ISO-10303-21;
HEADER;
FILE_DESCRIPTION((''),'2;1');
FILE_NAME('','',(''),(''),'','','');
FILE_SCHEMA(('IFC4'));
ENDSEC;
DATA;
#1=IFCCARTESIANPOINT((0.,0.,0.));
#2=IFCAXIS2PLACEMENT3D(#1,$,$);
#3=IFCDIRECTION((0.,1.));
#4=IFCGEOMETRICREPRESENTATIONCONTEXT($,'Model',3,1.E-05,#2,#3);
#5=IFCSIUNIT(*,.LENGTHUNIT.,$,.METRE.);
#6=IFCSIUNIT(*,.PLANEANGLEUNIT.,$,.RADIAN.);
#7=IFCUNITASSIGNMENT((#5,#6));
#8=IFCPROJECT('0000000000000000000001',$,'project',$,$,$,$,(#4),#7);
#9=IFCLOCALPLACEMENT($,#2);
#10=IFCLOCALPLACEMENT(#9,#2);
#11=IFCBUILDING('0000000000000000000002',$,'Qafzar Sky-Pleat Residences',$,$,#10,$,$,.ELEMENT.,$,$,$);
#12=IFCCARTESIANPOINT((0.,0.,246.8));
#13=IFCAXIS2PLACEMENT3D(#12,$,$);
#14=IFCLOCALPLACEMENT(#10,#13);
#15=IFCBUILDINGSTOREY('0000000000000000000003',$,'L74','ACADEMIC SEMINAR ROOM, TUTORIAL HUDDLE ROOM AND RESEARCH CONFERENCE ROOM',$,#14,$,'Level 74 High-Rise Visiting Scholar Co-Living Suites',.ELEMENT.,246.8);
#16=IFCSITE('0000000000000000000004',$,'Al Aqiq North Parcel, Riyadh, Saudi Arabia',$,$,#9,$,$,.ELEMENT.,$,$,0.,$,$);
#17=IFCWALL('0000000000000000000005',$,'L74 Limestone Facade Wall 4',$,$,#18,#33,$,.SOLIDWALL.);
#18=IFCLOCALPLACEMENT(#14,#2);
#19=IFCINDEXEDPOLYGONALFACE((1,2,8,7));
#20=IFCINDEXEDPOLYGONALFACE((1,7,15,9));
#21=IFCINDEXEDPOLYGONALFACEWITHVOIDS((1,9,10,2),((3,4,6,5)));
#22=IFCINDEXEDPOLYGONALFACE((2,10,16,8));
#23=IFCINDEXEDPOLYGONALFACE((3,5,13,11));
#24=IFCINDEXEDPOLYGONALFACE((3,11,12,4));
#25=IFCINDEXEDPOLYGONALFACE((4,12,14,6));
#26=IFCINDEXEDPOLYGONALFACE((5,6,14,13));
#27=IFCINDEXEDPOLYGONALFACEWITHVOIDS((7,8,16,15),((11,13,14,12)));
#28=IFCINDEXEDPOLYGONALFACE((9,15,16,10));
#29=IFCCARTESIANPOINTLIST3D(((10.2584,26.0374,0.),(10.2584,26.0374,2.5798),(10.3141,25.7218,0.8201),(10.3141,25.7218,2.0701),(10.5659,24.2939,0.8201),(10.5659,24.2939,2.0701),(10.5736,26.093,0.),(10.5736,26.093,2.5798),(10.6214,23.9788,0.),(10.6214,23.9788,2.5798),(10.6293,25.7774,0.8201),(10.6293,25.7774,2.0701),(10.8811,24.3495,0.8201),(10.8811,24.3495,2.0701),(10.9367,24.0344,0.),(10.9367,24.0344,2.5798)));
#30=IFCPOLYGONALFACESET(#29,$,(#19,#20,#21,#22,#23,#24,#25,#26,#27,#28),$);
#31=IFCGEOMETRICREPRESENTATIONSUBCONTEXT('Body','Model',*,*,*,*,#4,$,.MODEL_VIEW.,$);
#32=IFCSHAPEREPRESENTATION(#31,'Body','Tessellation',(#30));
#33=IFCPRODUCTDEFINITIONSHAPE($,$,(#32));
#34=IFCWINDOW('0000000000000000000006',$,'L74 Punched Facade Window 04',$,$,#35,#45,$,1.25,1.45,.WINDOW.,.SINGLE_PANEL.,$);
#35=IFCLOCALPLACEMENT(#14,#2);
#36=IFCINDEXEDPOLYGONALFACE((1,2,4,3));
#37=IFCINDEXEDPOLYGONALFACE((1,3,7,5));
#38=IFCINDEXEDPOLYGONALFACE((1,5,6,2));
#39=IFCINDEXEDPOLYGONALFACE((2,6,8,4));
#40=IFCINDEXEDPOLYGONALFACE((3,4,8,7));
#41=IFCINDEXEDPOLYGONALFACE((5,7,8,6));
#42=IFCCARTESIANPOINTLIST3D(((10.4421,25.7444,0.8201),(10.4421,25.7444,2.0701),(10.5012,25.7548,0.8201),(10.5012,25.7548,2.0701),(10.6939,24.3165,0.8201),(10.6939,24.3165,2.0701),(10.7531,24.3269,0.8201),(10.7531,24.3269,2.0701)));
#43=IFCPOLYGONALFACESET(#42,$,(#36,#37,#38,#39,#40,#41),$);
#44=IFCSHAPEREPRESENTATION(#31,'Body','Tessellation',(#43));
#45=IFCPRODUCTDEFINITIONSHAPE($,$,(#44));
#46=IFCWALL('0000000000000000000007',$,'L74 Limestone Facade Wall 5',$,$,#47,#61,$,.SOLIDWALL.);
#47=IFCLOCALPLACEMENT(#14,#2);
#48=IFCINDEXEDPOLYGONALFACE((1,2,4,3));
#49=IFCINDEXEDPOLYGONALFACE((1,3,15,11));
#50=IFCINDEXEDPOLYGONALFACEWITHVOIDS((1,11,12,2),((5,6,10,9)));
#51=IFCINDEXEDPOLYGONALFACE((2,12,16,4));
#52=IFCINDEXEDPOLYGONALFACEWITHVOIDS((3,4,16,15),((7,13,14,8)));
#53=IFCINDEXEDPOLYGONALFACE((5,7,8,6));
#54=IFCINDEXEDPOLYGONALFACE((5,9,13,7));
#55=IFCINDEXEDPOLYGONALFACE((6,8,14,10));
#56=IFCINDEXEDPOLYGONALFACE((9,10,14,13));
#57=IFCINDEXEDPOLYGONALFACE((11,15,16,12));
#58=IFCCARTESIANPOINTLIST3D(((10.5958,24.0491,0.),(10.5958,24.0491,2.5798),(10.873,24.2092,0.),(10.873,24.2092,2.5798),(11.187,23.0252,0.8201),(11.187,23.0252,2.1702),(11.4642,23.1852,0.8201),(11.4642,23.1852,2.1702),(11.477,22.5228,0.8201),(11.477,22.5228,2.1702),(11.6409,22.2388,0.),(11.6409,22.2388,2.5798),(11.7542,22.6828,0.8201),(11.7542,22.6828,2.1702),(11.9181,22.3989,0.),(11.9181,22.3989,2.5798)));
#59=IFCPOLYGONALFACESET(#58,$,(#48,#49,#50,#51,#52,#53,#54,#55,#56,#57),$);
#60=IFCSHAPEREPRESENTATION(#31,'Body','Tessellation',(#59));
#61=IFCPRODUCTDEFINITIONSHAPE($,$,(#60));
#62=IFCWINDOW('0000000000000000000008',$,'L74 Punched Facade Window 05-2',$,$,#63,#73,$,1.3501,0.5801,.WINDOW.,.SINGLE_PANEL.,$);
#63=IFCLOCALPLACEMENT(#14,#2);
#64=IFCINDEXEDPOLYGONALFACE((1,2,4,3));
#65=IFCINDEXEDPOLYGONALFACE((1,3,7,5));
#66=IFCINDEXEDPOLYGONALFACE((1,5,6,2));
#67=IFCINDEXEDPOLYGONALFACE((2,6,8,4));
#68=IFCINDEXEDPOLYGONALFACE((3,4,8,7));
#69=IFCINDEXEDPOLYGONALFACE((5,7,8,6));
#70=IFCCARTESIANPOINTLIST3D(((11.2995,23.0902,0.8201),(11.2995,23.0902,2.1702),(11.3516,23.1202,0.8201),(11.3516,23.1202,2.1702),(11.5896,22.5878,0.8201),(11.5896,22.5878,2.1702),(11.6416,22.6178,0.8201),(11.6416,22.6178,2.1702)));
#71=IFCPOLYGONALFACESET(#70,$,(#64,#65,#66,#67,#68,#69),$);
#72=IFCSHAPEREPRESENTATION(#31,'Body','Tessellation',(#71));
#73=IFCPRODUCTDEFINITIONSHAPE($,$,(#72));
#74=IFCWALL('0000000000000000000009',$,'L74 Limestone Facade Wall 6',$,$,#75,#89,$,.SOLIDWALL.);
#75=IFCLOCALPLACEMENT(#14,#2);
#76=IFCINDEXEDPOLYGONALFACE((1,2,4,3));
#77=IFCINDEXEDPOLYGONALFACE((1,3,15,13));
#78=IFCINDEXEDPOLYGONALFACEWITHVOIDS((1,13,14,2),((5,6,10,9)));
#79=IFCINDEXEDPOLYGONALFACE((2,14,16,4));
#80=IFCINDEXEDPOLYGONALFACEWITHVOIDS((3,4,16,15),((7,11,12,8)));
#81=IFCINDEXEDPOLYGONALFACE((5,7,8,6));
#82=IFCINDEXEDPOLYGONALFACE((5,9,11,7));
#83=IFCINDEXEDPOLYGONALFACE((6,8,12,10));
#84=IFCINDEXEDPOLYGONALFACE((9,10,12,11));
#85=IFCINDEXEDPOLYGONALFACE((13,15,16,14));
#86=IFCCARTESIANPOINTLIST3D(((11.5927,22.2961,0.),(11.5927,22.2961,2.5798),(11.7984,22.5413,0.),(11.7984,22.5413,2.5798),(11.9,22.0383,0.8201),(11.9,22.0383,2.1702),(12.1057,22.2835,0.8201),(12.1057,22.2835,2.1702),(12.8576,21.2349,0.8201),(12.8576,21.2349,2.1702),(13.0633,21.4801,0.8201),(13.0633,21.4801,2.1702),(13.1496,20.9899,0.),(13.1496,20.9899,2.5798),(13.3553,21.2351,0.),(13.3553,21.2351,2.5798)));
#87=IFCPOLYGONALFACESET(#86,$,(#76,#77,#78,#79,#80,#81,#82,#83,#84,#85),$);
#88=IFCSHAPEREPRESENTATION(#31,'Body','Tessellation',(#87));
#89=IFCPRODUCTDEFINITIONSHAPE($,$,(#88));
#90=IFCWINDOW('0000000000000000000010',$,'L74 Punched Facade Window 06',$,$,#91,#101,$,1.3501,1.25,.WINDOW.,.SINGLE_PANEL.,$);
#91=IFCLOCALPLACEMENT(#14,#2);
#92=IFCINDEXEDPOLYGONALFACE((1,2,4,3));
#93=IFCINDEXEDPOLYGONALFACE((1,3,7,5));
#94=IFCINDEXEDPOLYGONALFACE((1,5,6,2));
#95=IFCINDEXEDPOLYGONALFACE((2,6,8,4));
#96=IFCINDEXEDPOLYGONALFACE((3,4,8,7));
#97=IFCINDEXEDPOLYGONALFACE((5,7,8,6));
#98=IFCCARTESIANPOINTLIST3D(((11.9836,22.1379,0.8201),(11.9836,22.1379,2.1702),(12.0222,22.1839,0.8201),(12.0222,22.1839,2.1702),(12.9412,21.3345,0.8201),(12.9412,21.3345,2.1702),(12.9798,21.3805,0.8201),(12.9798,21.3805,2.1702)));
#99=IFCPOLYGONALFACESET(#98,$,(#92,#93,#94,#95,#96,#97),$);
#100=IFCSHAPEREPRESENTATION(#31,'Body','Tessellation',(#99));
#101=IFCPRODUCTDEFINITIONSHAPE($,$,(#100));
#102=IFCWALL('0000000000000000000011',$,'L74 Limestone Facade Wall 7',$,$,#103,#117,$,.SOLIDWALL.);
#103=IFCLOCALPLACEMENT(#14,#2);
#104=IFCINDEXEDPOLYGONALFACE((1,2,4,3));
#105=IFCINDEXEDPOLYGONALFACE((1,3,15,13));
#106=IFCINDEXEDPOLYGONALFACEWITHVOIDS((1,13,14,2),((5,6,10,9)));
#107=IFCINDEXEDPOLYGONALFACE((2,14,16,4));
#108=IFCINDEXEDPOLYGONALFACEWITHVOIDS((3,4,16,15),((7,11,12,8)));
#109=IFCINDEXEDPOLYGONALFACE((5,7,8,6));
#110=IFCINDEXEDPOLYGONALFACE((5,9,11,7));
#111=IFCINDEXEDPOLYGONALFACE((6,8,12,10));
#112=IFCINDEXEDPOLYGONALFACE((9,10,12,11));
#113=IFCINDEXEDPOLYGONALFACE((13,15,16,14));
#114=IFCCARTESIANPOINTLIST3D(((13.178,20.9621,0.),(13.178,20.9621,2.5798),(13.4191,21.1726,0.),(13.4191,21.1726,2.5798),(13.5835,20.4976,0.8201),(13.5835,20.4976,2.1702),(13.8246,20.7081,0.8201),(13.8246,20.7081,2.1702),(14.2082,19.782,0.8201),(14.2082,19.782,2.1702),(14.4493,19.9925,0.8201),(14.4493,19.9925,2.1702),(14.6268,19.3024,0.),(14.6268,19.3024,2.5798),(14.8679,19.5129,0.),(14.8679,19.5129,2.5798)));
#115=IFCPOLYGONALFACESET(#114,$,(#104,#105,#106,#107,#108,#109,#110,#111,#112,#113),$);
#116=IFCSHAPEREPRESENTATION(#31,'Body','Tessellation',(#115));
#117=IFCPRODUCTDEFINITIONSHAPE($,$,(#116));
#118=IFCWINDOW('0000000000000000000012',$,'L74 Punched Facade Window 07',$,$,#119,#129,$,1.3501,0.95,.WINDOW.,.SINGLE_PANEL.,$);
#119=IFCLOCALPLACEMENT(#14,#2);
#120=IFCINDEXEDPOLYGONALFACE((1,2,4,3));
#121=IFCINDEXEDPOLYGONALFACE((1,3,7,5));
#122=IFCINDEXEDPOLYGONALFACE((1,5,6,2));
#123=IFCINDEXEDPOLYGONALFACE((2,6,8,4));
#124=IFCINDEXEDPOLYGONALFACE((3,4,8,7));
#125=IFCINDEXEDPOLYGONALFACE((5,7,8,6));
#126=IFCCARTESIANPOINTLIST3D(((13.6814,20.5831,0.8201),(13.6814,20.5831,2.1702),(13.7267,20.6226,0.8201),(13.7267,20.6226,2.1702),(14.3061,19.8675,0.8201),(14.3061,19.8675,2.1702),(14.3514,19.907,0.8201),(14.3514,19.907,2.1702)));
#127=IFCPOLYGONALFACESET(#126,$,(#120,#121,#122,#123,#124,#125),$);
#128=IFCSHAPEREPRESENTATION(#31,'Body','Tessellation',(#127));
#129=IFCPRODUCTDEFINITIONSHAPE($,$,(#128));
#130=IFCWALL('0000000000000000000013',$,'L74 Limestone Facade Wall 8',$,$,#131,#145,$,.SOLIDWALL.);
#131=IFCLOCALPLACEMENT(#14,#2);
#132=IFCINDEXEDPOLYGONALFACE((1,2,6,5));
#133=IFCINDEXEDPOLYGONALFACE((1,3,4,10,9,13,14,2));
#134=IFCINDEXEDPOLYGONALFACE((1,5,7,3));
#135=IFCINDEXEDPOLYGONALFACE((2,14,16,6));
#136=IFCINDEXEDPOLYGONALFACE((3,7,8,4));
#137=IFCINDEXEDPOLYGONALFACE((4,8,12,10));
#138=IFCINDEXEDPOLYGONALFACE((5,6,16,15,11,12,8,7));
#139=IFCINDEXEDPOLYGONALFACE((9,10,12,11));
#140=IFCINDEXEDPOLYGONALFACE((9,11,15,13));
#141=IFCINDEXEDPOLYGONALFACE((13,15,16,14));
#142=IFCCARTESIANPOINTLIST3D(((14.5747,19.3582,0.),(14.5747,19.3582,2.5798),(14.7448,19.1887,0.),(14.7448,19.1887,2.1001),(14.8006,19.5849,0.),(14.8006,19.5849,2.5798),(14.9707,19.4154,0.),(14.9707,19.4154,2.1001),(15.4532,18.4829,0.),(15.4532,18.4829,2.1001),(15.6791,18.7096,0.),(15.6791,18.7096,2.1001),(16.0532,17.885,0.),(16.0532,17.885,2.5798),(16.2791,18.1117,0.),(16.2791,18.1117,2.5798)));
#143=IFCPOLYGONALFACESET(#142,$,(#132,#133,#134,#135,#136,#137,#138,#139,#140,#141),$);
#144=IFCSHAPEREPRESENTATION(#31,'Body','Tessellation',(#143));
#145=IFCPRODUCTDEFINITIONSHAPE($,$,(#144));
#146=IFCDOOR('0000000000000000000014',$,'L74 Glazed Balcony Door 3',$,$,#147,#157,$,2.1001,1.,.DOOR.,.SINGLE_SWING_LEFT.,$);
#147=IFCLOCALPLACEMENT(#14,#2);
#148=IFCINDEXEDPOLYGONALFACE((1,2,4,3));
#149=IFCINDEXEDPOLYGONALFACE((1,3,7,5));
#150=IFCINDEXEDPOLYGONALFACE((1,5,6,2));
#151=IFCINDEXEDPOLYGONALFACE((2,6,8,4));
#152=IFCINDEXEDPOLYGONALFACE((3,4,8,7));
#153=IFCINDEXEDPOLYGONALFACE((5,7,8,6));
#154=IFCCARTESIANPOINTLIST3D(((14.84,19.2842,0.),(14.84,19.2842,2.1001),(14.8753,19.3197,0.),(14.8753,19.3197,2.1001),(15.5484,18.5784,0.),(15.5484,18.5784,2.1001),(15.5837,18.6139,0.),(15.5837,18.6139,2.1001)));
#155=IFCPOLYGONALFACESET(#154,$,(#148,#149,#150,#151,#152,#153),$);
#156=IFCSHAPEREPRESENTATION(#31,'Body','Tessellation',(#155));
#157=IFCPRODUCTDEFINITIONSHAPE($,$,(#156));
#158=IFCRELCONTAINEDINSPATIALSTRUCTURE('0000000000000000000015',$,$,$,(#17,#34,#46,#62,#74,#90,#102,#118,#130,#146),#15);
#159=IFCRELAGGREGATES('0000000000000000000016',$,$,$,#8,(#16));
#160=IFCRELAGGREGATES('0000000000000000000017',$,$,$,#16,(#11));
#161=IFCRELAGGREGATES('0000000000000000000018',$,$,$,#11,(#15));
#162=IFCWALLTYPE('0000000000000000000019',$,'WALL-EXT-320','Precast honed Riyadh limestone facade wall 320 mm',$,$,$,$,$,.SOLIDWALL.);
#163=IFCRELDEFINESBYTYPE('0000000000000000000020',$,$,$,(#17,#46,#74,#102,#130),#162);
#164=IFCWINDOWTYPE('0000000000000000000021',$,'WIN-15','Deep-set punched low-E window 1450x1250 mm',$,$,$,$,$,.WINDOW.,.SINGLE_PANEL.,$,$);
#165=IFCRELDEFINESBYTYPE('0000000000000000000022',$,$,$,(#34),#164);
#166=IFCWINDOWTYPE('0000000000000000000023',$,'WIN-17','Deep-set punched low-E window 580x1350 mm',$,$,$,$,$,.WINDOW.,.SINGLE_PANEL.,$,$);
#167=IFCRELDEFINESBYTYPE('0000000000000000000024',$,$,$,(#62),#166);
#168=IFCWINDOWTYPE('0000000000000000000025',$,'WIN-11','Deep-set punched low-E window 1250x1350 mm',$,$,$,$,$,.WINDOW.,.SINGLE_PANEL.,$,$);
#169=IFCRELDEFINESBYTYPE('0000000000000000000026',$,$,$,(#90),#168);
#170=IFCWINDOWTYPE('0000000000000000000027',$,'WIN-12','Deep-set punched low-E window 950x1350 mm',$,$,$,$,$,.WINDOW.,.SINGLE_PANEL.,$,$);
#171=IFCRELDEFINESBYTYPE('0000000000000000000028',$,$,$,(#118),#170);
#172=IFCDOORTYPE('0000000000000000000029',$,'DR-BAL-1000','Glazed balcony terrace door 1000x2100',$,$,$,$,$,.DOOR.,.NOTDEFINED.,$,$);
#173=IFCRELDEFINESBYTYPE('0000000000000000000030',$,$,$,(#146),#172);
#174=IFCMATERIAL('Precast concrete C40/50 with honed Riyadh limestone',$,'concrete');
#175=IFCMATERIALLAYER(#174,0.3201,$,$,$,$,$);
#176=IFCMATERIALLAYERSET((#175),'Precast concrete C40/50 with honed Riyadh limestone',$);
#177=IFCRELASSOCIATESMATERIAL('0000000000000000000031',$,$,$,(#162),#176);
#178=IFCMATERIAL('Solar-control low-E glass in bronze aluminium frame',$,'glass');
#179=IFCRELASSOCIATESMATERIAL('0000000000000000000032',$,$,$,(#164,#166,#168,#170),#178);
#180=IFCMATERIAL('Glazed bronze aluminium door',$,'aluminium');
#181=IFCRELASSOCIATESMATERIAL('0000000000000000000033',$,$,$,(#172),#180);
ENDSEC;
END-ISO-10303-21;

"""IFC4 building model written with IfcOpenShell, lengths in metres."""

from ifc_helpers import new_model, si_unit, direction, frame, frame_2d, origin, place, context, subcontext, project, spatial, rectangle, extrude, source, transform, mapped, material, layer, layer_set, type_object, element, fill, save


model = new_model("IFC4")

# Units and contexts
model_context = context("Model", 3, precision=1e-05, world=origin(), true_north=direction((0.0, 1.0)))
body_context = subcontext(model_context, "Body", "Model", "MODEL_VIEW")
ifc_project = project(units=[si_unit("LENGTHUNIT", "METRE"), si_unit("PLANEANGLEUNIT", "RADIAN")], contexts=[model_context])

# Site, building, storey
site_placement = place(None, origin())
site = spatial("IfcSite", under=ifc_project, at=site_placement, Name="Al Aqiq North Parcel, Riyadh, Saudi Arabia", CompositionType="ELEMENT", RefElevation=0.0)
building_placement = place(site_placement, origin())
building = spatial("IfcBuilding", under=site, at=building_placement, Name="Qafzar Sky-Pleat Residences", CompositionType="ELEMENT")
storey_placement = place(building_placement, frame((0.0, 0.0, 246.8)))
storey = spatial("IfcBuildingStorey", under=building, at=storey_placement, Name="L74", Description="ACADEMIC SEMINAR ROOM, TUTORIAL HUDDLE ROOM AND RESEARCH CONFERENCE ROOM", LongName="Level 74 High-Rise Visiting Scholar Co-Living Suites", CompositionType="ELEMENT", Elevation=246.8)

# Walls, openings, windows
ifc_material_1 = material(Name="Precast concrete C40/50 with honed Riyadh limestone", Category="concrete")
ifc_layer_1 = layer(ifc_material_1, 0.3201)
ifc_layer_set_1 = layer_set([ifc_layer_1], Name="Precast concrete C40/50 with honed Riyadh limestone")
wall_type_1 = type_object("IfcWallType", Name="WALL-EXT-320", Description="Precast honed Riyadh limestone facade wall 320 mm", PredefinedType="SOLIDWALL", material=ifc_layer_set_1)
wall_1_placement = place(storey_placement, frame((10.416, 26.0652, 0.0), z_axis=(0.0, 0.0, 1.0), x_axis=(0.173672, -0.984804, 0.0)))
wall_1 = element("IfcWall", 1, at=wall_1_placement, inside=storey, type_object=wall_type_1, Name="L74 Limestone Facade Wall 4", PredefinedType="SOLIDWALL", context=body_context, shape_type="SweptSolid", body=[
    extrude(rectangle(XDim=2.0903, YDim=0.3201, at=frame_2d((1.0452, 0.0))), origin(), (0.0, 0.0, 1.0), 2.5798),
])
opening_1_placement = place(wall_1_placement, frame((0.3203, 0.0, 0.8201)))
opening_1 = element("IfcOpeningElement", 2, at=opening_1_placement, cuts=wall_1, PredefinedType="OPENING", context=body_context, shape_type="SweptSolid", body=[
    extrude(rectangle(XDim=1.45, YDim=1.25, at=frame_2d((0.7251, 0.625))), frame((0.0, 0.1699, 0.0), z_axis=(0.0, -1.0, 0.0), x_axis=(1.0, 0.0, 0.0)), (0.0, 0.0, 1.0), 0.3401),
])
ifc_material_2 = material(Name="Solar-control low-E glass in bronze aluminium frame", Category="glass")
window_type_1 = type_object("IfcWindowType", Name="WIN-15", Description="Deep-set punched low-E window 1450x1250 mm", PartitioningType="SINGLE_PANEL", PredefinedType="WINDOW", material=ifc_material_2)
shared_shape_1 = source(origin(), body_context, "Body", "SweptSolid", [
    extrude(rectangle(XDim=1.45, YDim=1.25, at=frame_2d((0.7251, 0.625))), frame((0.0, 0.03, 0.0), z_axis=(0.0, -1.0, 0.0), x_axis=(1.0, 0.0, 0.0)), (0.0, 0.0, 1.0), 0.0601),
])
window_1_placement = place(opening_1_placement, origin())
window_1 = element("IfcWindow", 3, at=window_1_placement, inside=storey, type_object=window_type_1, Name="L74 Punched Facade Window 04", OverallHeight=1.25, OverallWidth=1.45, PartitioningType="SINGLE_PANEL", PredefinedType="WINDOW", context=body_context, shape_type="MappedRepresentation", body=[
    mapped(shared_shape_1, transform((0.0, 0.0, 0.0), x_axis=(1.0, 0.0, 0.0), y_axis=(0.0, 1.0, 0.0), z_axis=(0.0, 0.0, 1.0), scale=1.0)),
])
fill(opening_1, window_1)
wall_2_placement = place(storey_placement, frame((10.7344, 24.1292, 0.0), z_axis=(0.0, 0.0, 1.0), x_axis=(0.499995, -0.866028, 0.0)))
wall_2 = element("IfcWall", 4, at=wall_2_placement, inside=storey, type_object=wall_type_1, Name="L74 Limestone Facade Wall 5", PredefinedType="SOLIDWALL", context=body_context, shape_type="SweptSolid", body=[
    extrude(rectangle(XDim=2.0903, YDim=0.3201, at=frame_2d((1.0452, 0.0))), origin(), (0.0, 0.0, 1.0), 2.5798),
])
opening_2_placement = place(wall_2_placement, frame((1.1824, 0.0, 0.8201)))
opening_2 = element("IfcOpeningElement", 5, at=opening_2_placement, cuts=wall_2, PredefinedType="OPENING", context=body_context, shape_type="SweptSolid", body=[
    extrude(rectangle(XDim=0.5801, YDim=1.3501, at=frame_2d((0.29, 0.675))), frame((0.0, 0.1699, 0.0), z_axis=(0.0, -1.0, 0.0), x_axis=(1.0, 0.0, 0.0)), (0.0, 0.0, 1.0), 0.3401),
])
window_type_2 = type_object("IfcWindowType", Name="WIN-17", Description="Deep-set punched low-E window 580x1350 mm", PartitioningType="SINGLE_PANEL", PredefinedType="WINDOW", material=ifc_material_2)
shared_shape_2 = source(origin(), body_context, "Body", "SweptSolid", [
    extrude(rectangle(XDim=0.5801, YDim=1.3501, at=frame_2d((0.29, 0.675))), frame((0.0, 0.03, 0.0), z_axis=(0.0, -1.0, 0.0), x_axis=(1.0, 0.0, 0.0)), (0.0, 0.0, 1.0), 0.0601),
])
window_2_placement = place(opening_2_placement, origin())
window_2 = element("IfcWindow", 6, at=window_2_placement, inside=storey, type_object=window_type_2, Name="L74 Punched Facade Window 05-2", OverallHeight=1.3501, OverallWidth=0.5801, PartitioningType="SINGLE_PANEL", PredefinedType="WINDOW", context=body_context, shape_type="MappedRepresentation", body=[
    mapped(shared_shape_2, transform((0.0, 0.0, 0.0), x_axis=(1.0, 0.0, 0.0), y_axis=(0.0, 1.0, 0.0), z_axis=(0.0, 0.0, 1.0), scale=1.0)),
])
fill(opening_2, window_2)
wall_3_placement = place(storey_placement, frame((11.6956, 22.4187, 0.0), z_axis=(0.0, 0.0, 1.0), x_axis=(0.7661, -0.642721, 0.0)))
wall_3 = element("IfcWall", 7, at=wall_3_placement, inside=storey, type_object=wall_type_1, Name="L74 Limestone Facade Wall 6", PredefinedType="SOLIDWALL", context=body_context, shape_type="SweptSolid", body=[
    extrude(rectangle(XDim=2.0322, YDim=0.3201, at=frame_2d((1.0161, 0.0))), origin(), (0.0, 0.0, 1.0), 2.5798),
])
opening_3_placement = place(wall_3_placement, frame((0.4011, 0.0, 0.8201)))
opening_3 = element("IfcOpeningElement", 8, at=opening_3_placement, cuts=wall_3, PredefinedType="OPENING", context=body_context, shape_type="SweptSolid", body=[
    extrude(rectangle(XDim=1.25, YDim=1.3501, at=frame_2d((0.625, 0.675))), frame((0.0, 0.1699, 0.0), z_axis=(0.0, -1.0, 0.0), x_axis=(1.0, 0.0, 0.0)), (0.0, 0.0, 1.0), 0.3401),
])
window_type_3 = type_object("IfcWindowType", Name="WIN-11", Description="Deep-set punched low-E window 1250x1350 mm", PartitioningType="SINGLE_PANEL", PredefinedType="WINDOW", material=ifc_material_2)
shared_shape_3 = source(origin(), body_context, "Body", "SweptSolid", [
    extrude(rectangle(XDim=1.25, YDim=1.3501, at=frame_2d((0.625, 0.675))), frame((0.0, 0.03, 0.0), z_axis=(0.0, -1.0, 0.0), x_axis=(1.0, 0.0, 0.0)), (0.0, 0.0, 1.0), 0.0601),
])
window_3_placement = place(opening_3_placement, origin())
window_3 = element("IfcWindow", 9, at=window_3_placement, inside=storey, type_object=window_type_3, Name="L74 Punched Facade Window 06", OverallHeight=1.3501, OverallWidth=1.25, PartitioningType="SINGLE_PANEL", PredefinedType="WINDOW", context=body_context, shape_type="MappedRepresentation", body=[
    mapped(shared_shape_3, transform((0.0, 0.0, 0.0), x_axis=(1.0, 0.0, 0.0), y_axis=(0.0, 1.0, 0.0), z_axis=(0.0, 0.0, 1.0), scale=1.0)),
])
fill(opening_3, window_3)
wall_4_placement = place(storey_placement, frame((13.2986, 21.0674, 0.0), z_axis=(0.0, 0.0, 1.0), x_axis=(0.65761, -0.753359, 0.0)))
wall_4 = element("IfcWall", 10, at=wall_4_placement, inside=storey, type_object=wall_type_1, Name="L74 Limestone Facade Wall 7", PredefinedType="SOLIDWALL", context=body_context, shape_type="SweptSolid", body=[
    extrude(rectangle(XDim=2.2031, YDim=0.3201, at=frame_2d((1.1016, 0.0))), origin(), (0.0, 0.0, 1.0), 2.5798),
])
opening_4_placement = place(wall_4_placement, frame((0.6165, 0.0, 0.8201)))
opening_4 = element("IfcOpeningElement", 11, at=opening_4_placement, cuts=wall_4, PredefinedType="OPENING", context=body_context, shape_type="SweptSolid", body=[
    extrude(rectangle(XDim=0.95, YDim=1.3501, at=frame_2d((0.4751, 0.675))), frame((0.0, 0.1699, 0.0), z_axis=(0.0, -1.0, 0.0), x_axis=(1.0, 0.0, 0.0)), (0.0, 0.0, 1.0), 0.3401),
])
window_type_4 = type_object("IfcWindowType", Name="WIN-12", Description="Deep-set punched low-E window 950x1350 mm", PartitioningType="SINGLE_PANEL", PredefinedType="WINDOW", material=ifc_material_2)
shared_shape_4 = source(origin(), body_context, "Body", "SweptSolid", [
    extrude(rectangle(XDim=0.95, YDim=1.3501, at=frame_2d((0.4751, 0.675))), frame((0.0, 0.03, 0.0), z_axis=(0.0, -1.0, 0.0), x_axis=(1.0, 0.0, 0.0)), (0.0, 0.0, 1.0), 0.0601),
])
window_4_placement = place(opening_4_placement, origin())
window_4 = element("IfcWindow", 12, at=window_4_placement, inside=storey, type_object=window_type_4, Name="L74 Punched Facade Window 07", OverallHeight=1.3501, OverallWidth=0.95, PartitioningType="SINGLE_PANEL", PredefinedType="WINDOW", context=body_context, shape_type="MappedRepresentation", body=[
    mapped(shared_shape_4, transform((0.0, 0.0, 0.0), x_axis=(1.0, 0.0, 0.0), y_axis=(0.0, 1.0, 0.0), z_axis=(0.0, 0.0, 1.0), scale=1.0)),
])
fill(opening_4, window_4)

# Wall, opening, door
wall_5_placement = place(storey_placement, frame((14.6877, 19.4714, 0.0), z_axis=(0.0, 0.0, 1.0), x_axis=(0.708392, -0.705819, 0.0)))
wall_5 = element("IfcWall", 13, at=wall_5_placement, inside=storey, type_object=wall_type_1, Name="L74 Limestone Facade Wall 8", PredefinedType="SOLIDWALL", context=body_context, shape_type="SweptSolid", body=[
    extrude(rectangle(XDim=2.0872, YDim=0.3201, at=frame_2d((1.0435, 0.0))), origin(), (0.0, 0.0, 1.0), 2.5798),
])
opening_5_placement = place(wall_5_placement, frame((0.24, 0.0, 0.0)))
opening_5 = element("IfcOpeningElement", 14, at=opening_5_placement, cuts=wall_5, PredefinedType="OPENING", context=body_context, shape_type="SweptSolid", body=[
    extrude(rectangle(XDim=1.0, YDim=2.1001, at=frame_2d((0.5, 1.05))), frame((0.0, 0.1699, 0.0), z_axis=(0.0, -1.0, 0.0), x_axis=(1.0, 0.0, 0.0)), (0.0, 0.0, 1.0), 0.3401),
])
ifc_material_3 = material(Name="Glazed bronze aluminium door", Category="aluminium")
door_type = type_object("IfcDoorType", Name="DR-BAL-1000", Description="Glazed balcony terrace door 1000x2100", OperationType="NOTDEFINED", PredefinedType="DOOR", material=ifc_material_3)
shared_shape_5 = source(origin(), body_context, "Body", "SweptSolid", [
    extrude(rectangle(XDim=1.0, YDim=2.1001, at=frame_2d((0.5, 1.05))), frame((0.0, 0.0249, 0.0), z_axis=(0.0, -1.0, 0.0), x_axis=(1.0, 0.0, 0.0)), (0.0, 0.0, 1.0), 0.05),
])
door_placement = place(opening_5_placement, origin())
door = element("IfcDoor", 15, at=door_placement, inside=storey, type_object=door_type, Name="L74 Glazed Balcony Door 3", OperationType="SINGLE_SWING_LEFT", OverallHeight=2.1001, OverallWidth=1.0, PredefinedType="DOOR", context=body_context, shape_type="MappedRepresentation", body=[
    mapped(shared_shape_5, transform((0.0, 0.0, 0.0), x_axis=(1.0, 0.0, 0.0), y_axis=(0.0, 1.0, 0.0), z_axis=(0.0, 0.0, 1.0), scale=1.0)),
])
fill(opening_5, door)

save(model, "model.ifc")
